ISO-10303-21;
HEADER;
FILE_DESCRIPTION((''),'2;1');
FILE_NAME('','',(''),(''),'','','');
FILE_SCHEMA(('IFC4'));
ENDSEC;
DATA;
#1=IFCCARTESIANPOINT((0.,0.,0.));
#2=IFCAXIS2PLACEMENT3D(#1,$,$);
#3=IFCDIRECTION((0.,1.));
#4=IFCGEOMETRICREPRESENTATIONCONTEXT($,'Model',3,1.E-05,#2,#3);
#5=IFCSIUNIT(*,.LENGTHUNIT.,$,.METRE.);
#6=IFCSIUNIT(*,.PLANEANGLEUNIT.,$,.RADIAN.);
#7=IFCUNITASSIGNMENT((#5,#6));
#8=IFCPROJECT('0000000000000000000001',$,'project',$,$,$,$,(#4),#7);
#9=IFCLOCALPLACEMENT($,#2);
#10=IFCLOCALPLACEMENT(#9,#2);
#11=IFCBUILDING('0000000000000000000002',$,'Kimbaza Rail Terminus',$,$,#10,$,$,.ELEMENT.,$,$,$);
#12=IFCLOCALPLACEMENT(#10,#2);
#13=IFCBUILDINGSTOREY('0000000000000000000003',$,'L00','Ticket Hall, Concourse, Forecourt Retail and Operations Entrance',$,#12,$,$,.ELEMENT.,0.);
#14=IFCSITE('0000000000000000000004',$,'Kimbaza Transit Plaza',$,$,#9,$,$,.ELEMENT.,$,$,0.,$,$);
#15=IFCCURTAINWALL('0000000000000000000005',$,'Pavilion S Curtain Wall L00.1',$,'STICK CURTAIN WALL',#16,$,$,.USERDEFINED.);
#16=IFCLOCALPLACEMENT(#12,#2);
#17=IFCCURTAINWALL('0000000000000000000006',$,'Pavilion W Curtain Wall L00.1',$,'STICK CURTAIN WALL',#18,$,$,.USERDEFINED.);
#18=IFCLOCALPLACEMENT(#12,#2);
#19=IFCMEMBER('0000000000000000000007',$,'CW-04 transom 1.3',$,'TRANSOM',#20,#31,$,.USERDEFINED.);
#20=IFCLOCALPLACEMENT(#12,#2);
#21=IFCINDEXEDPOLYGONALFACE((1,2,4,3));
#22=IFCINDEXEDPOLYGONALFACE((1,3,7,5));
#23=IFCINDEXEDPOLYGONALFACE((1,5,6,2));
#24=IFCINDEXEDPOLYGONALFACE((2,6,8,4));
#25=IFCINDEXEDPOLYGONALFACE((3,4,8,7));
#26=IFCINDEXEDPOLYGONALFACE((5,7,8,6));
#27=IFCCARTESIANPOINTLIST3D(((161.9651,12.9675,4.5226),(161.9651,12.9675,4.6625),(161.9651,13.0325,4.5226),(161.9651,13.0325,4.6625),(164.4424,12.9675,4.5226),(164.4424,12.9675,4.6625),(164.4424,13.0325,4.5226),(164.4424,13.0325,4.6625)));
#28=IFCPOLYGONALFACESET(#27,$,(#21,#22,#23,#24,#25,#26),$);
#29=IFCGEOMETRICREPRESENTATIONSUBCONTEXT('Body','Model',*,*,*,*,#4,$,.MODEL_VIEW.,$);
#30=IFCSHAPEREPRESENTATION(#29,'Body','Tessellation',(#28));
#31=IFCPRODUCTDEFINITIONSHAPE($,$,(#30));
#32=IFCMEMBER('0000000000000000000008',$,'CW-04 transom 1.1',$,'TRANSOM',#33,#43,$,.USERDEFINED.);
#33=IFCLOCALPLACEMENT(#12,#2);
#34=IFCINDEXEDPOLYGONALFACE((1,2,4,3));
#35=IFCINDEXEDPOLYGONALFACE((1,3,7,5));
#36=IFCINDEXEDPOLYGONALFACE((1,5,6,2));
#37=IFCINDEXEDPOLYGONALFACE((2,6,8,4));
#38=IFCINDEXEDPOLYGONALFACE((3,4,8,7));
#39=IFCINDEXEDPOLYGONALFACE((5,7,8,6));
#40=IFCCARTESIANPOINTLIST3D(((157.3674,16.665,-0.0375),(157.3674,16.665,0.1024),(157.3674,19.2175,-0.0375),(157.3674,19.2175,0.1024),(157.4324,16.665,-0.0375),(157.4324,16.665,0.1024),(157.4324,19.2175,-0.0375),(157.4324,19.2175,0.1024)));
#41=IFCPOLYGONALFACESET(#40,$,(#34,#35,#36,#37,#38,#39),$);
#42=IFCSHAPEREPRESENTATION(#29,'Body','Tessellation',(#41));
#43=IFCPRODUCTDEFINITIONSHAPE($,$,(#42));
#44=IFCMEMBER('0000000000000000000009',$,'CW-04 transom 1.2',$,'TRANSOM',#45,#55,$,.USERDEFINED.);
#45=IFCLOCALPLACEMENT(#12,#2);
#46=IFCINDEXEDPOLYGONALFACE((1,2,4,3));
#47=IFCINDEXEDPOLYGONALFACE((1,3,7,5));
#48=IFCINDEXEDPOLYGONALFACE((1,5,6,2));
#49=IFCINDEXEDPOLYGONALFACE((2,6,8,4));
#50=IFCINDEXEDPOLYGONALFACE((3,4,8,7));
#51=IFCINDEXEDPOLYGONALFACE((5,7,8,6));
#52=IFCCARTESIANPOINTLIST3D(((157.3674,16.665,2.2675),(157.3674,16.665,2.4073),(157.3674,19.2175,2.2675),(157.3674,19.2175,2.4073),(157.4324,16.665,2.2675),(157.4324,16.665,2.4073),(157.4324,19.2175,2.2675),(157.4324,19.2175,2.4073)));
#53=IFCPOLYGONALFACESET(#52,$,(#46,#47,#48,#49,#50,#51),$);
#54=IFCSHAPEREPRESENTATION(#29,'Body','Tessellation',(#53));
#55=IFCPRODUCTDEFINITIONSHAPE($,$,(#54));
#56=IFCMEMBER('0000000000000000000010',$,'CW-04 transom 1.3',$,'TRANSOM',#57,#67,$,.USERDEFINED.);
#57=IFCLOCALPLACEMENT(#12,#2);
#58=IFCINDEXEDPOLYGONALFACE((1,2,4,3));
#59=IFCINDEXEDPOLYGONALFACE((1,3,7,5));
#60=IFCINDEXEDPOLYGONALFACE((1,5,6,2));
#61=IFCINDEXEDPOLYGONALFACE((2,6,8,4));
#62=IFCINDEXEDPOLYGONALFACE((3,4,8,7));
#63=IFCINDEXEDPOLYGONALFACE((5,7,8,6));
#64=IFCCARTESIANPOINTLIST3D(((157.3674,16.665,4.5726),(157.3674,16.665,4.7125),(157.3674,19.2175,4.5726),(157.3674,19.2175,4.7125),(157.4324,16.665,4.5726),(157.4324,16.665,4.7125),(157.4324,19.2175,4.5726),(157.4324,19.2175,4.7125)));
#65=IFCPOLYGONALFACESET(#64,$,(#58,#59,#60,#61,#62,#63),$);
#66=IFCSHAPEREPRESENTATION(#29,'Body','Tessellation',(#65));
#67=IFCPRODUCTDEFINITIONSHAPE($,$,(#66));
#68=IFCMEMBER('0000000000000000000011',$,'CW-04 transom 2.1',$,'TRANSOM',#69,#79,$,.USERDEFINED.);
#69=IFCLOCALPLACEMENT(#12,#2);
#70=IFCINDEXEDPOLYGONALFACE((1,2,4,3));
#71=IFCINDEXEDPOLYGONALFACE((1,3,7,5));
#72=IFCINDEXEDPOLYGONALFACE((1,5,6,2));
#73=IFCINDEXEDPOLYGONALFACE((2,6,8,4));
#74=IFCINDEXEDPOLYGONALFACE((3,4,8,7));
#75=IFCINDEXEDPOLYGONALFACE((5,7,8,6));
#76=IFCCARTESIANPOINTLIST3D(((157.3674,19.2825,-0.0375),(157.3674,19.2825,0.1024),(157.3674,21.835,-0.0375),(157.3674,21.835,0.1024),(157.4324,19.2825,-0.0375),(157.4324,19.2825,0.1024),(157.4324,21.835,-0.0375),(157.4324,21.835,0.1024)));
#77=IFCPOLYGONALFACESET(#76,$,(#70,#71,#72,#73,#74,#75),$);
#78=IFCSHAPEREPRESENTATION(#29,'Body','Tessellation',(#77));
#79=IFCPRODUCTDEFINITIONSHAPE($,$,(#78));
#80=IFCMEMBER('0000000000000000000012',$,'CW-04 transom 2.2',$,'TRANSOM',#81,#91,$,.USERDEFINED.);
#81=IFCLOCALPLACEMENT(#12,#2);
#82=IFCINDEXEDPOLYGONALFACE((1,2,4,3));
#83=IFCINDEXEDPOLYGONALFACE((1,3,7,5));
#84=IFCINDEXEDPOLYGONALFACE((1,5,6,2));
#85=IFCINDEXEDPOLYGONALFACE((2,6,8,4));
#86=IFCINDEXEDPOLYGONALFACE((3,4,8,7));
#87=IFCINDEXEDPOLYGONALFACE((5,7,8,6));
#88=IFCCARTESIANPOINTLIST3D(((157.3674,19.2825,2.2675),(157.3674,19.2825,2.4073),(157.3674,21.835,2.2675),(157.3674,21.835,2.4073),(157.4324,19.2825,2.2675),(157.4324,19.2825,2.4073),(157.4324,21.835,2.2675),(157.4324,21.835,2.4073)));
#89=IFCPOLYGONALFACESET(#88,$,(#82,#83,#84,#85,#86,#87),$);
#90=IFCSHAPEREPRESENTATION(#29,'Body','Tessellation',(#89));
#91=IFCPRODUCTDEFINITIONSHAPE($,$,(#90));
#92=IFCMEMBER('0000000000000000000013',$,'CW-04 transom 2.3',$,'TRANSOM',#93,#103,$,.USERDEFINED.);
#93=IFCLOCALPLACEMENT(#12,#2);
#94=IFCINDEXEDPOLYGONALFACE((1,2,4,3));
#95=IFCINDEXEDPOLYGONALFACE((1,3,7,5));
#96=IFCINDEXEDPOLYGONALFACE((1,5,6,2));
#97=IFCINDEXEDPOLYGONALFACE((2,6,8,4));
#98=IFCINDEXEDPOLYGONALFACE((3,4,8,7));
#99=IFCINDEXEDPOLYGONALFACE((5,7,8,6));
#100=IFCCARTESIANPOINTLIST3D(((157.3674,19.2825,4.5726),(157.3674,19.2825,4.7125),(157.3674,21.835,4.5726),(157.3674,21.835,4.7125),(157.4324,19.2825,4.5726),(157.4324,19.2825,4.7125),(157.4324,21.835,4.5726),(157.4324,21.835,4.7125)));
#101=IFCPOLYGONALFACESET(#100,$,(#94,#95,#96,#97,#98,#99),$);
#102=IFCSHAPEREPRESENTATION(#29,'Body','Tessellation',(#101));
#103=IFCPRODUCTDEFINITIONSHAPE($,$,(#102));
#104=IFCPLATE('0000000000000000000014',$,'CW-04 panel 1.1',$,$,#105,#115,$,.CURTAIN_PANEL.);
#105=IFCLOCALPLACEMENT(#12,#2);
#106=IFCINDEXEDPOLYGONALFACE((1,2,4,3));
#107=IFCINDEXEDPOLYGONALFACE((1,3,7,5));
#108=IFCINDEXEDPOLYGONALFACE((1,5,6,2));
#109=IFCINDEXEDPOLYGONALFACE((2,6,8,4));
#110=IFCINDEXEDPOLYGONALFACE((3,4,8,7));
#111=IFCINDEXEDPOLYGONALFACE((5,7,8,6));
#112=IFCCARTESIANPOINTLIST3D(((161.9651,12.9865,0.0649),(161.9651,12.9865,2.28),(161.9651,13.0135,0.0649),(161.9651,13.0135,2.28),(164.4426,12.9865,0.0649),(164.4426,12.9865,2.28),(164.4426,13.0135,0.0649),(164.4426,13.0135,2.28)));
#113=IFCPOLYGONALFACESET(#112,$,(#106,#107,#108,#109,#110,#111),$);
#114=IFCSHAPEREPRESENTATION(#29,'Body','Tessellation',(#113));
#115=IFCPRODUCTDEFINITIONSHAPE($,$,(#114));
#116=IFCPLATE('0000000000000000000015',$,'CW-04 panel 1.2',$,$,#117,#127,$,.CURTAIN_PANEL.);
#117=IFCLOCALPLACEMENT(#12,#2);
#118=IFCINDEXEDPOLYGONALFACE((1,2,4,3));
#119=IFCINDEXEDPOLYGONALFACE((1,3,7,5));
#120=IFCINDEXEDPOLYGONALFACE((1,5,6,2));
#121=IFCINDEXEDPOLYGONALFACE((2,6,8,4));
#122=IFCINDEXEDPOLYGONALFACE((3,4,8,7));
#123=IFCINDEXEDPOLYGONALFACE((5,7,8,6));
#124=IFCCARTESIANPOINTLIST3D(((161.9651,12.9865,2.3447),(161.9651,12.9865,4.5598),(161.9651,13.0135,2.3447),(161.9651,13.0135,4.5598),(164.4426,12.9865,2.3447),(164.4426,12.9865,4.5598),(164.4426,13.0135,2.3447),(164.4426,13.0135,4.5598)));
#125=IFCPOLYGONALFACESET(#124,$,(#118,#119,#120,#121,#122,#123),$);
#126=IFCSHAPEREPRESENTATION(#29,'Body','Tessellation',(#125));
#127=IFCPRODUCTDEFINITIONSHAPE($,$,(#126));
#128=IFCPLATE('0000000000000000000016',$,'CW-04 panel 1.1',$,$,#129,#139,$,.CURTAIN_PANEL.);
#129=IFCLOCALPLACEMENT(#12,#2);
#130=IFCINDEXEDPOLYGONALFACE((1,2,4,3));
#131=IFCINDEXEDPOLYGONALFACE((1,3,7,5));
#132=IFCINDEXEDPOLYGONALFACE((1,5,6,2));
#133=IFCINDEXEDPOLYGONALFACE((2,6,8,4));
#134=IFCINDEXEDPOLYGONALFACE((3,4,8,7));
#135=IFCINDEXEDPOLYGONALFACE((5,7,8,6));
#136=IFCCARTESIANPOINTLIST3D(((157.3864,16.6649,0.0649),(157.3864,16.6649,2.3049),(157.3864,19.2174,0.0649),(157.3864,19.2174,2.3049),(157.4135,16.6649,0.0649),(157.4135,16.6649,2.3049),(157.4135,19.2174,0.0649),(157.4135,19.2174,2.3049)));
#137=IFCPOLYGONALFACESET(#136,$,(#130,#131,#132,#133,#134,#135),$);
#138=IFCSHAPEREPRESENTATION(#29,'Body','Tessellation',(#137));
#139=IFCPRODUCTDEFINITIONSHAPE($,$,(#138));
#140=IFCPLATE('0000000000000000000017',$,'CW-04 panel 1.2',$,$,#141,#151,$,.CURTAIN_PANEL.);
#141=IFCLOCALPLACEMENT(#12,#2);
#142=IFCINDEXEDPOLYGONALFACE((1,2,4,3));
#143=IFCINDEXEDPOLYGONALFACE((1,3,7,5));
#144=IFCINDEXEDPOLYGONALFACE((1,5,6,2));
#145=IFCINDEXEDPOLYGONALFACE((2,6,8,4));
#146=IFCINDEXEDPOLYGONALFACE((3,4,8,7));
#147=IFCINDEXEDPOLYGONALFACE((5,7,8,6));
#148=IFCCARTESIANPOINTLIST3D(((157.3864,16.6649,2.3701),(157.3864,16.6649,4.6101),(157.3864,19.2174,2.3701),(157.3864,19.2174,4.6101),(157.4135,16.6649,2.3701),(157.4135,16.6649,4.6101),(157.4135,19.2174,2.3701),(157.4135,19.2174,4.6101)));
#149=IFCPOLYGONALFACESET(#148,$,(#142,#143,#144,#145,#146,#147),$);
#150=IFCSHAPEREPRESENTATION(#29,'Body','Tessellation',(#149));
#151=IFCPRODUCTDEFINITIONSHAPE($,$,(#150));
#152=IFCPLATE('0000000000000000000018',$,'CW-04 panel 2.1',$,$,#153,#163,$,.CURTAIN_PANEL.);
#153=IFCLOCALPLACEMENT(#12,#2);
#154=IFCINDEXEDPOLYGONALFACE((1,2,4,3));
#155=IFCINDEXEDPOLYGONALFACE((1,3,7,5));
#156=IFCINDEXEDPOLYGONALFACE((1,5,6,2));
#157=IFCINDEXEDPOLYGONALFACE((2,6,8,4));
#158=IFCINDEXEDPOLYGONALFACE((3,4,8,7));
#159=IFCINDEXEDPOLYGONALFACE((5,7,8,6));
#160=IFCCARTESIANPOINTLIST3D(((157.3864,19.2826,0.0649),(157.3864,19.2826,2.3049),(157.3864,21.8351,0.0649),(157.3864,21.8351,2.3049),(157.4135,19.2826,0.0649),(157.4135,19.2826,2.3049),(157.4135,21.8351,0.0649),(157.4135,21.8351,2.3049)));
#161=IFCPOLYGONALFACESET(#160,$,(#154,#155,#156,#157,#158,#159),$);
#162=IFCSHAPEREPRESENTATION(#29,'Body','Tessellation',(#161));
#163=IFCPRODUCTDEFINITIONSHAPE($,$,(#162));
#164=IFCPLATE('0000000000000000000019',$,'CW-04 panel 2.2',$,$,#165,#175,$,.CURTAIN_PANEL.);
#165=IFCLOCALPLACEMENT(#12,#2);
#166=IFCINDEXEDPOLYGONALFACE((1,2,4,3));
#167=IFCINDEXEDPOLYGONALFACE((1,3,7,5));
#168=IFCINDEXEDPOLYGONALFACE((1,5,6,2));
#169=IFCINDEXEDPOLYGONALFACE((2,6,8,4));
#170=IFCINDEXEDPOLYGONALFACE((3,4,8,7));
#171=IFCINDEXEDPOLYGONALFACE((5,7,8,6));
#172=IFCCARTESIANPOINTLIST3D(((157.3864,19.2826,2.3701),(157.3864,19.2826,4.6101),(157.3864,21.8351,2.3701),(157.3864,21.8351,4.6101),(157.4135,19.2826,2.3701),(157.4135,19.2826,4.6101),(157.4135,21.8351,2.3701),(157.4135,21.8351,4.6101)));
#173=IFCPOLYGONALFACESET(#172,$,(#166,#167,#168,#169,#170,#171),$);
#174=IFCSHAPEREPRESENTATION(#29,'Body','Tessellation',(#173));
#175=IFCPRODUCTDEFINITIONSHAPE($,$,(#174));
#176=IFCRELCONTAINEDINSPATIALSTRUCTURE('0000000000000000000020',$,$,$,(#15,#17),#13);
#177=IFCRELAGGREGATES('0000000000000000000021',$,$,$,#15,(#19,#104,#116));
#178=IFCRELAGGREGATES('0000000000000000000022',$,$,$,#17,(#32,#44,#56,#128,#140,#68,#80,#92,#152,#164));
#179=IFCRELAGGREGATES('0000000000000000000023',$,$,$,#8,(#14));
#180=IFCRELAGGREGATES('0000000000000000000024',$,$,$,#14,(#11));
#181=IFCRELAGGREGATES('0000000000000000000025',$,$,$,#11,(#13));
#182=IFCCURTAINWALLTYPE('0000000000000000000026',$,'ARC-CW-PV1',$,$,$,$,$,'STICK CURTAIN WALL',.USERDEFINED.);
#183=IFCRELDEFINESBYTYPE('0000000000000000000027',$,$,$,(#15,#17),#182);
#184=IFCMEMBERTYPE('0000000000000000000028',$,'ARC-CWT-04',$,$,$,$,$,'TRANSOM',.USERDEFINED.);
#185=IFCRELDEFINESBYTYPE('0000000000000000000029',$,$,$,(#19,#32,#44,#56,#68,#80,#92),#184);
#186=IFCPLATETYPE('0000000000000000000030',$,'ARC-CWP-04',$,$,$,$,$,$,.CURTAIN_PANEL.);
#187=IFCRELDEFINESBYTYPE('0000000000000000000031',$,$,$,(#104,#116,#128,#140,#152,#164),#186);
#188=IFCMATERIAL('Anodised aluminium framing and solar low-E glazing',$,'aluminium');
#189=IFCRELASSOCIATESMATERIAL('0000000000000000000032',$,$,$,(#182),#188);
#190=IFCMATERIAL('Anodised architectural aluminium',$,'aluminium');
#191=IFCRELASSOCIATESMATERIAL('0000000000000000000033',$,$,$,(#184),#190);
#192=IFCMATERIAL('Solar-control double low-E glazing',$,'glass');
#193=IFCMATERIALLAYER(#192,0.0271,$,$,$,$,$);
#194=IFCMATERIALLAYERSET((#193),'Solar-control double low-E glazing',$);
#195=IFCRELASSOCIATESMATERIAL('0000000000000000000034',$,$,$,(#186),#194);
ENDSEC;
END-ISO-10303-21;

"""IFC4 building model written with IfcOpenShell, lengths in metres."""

from ifc_helpers import new_model, si_unit, direction, frame, origin, origin_2d, place, context, subcontext, project, spatial, rectangle, extrude, material, layer, layer_set, material_profile, profile_set, type_object, element, aggregate, save


model = new_model("IFC4")

# Units and contexts
model_context = context("Model", 3, precision=1e-05, world=origin(), true_north=direction((0.0, 1.0)))
body_context = subcontext(model_context, "Body", "Model", "MODEL_VIEW")
ifc_project = project(units=[si_unit("LENGTHUNIT", "METRE"), si_unit("PLANEANGLEUNIT", "RADIAN")], contexts=[model_context])

# Site, building, storey
site_placement = place(None, origin())
site = spatial("IfcSite", under=ifc_project, at=site_placement, Name="Kimbaza Transit Plaza", CompositionType="ELEMENT", RefElevation=0.0)
building_placement = place(site_placement, origin())
building = spatial("IfcBuilding", under=site, at=building_placement, Name="Kimbaza Rail Terminus", CompositionType="ELEMENT")
storey_placement = place(building_placement, origin())
storey = spatial("IfcBuildingStorey", under=building, at=storey_placement, Name="L00", Description="Ticket Hall, Concourse, Forecourt Retail and Operations Entrance", CompositionType="ELEMENT", Elevation=0.0)

# Curtain walls
ifc_material_1 = material(Name="Anodised aluminium framing and solar low-E glazing", Category="aluminium")
curtain_wall_type = type_object("IfcCurtainWallType", Name="ARC-CW-PV1", ElementType="STICK CURTAIN WALL", PredefinedType="USERDEFINED", material=ifc_material_1)
curtain_wall_1_placement = place(storey_placement, origin())
curtain_wall_1 = element("IfcCurtainWall", 1, at=curtain_wall_1_placement, inside=storey, type_object=curtain_wall_type, Name="Pavilion S Curtain Wall L00.1", ObjectType="STICK CURTAIN WALL", PredefinedType="USERDEFINED")
curtain_wall_2_placement = place(storey_placement, origin())
curtain_wall_2 = element("IfcCurtainWall", 2, at=curtain_wall_2_placement, inside=storey, type_object=curtain_wall_type, Name="Pavilion W Curtain Wall L00.1", ObjectType="STICK CURTAIN WALL", PredefinedType="USERDEFINED")

# Members
ifc_material_2 = material(Name="Anodised architectural aluminium", Category="aluminium")
ifc_material_profile_1 = material_profile(ifc_material_2, rectangle(XDim=0.0649, YDim=0.1399, at=origin_2d()), Name="TRANSOM 65x140")
ifc_profile_set_1 = profile_set([ifc_material_profile_1], Name="Anodised architectural aluminium")
member_type_1 = type_object("IfcMemberType", Name="ARC-CWT-04", ElementType="TRANSOM", PredefinedType="USERDEFINED", material=ifc_profile_set_1)
member_1_placement = place(storey_placement, frame((161.9651, 13.0, 4.5925), z_axis=(1.0, 0.0, 0.0), x_axis=(0.0, 1.0, 0.0)))
member_1 = element("IfcMember", 3, at=member_1_placement, type_object=member_type_1, Name="CW-04 transom 1.3", ObjectType="TRANSOM", PredefinedType="USERDEFINED", context=body_context, shape_type="SweptSolid", body=[
    extrude(rectangle(XDim=0.0649, YDim=0.1399, at=origin_2d()), origin(), (0.0, 0.0, 1.0), 2.4773),
])
member_2_placement = place(storey_placement, frame((157.3999, 16.665, 0.0325), z_axis=(0.0, 1.0, 0.0), x_axis=(-1.0, 0.0, 0.0)))
member_2 = element("IfcMember", 4, at=member_2_placement, type_object=member_type_1, Name="CW-04 transom 1.1", ObjectType="TRANSOM", PredefinedType="USERDEFINED", context=body_context, shape_type="SweptSolid", body=[
    extrude(rectangle(XDim=0.0649, YDim=0.1399, at=origin_2d()), origin(), (0.0, 0.0, 1.0), 2.5525),
])
member_3_placement = place(storey_placement, frame((157.3999, 16.665, 2.3374), z_axis=(0.0, 1.0, 0.0), x_axis=(-1.0, 0.0, 0.0)))
member_3 = element("IfcMember", 5, at=member_3_placement, type_object=member_type_1, Name="CW-04 transom 1.2", ObjectType="TRANSOM", PredefinedType="USERDEFINED", context=body_context, shape_type="SweptSolid", body=[
    extrude(rectangle(XDim=0.0649, YDim=0.1399, at=origin_2d()), origin(), (0.0, 0.0, 1.0), 2.5525),
])
member_4_placement = place(storey_placement, frame((157.3999, 16.665, 4.6426), z_axis=(0.0, 1.0, 0.0), x_axis=(-1.0, 0.0, 0.0)))
member_4 = element("IfcMember", 6, at=member_4_placement, type_object=member_type_1, Name="CW-04 transom 1.3", ObjectType="TRANSOM", PredefinedType="USERDEFINED", context=body_context, shape_type="SweptSolid", body=[
    extrude(rectangle(XDim=0.0649, YDim=0.1399, at=origin_2d()), origin(), (0.0, 0.0, 1.0), 2.5525),
])
member_5_placement = place(storey_placement, frame((157.3999, 19.2825, 0.0325), z_axis=(0.0, 1.0, 0.0), x_axis=(-1.0, 0.0, 0.0)))
member_5 = element("IfcMember", 7, at=member_5_placement, type_object=member_type_1, Name="CW-04 transom 2.1", ObjectType="TRANSOM", PredefinedType="USERDEFINED", context=body_context, shape_type="SweptSolid", body=[
    extrude(rectangle(XDim=0.0649, YDim=0.1399, at=origin_2d()), origin(), (0.0, 0.0, 1.0), 2.5525),
])
member_6_placement = place(storey_placement, frame((157.3999, 19.2825, 2.3374), z_axis=(0.0, 1.0, 0.0), x_axis=(-1.0, 0.0, 0.0)))
member_6 = element("IfcMember", 8, at=member_6_placement, type_object=member_type_1, Name="CW-04 transom 2.2", ObjectType="TRANSOM", PredefinedType="USERDEFINED", context=body_context, shape_type="SweptSolid", body=[
    extrude(rectangle(XDim=0.0649, YDim=0.1399, at=origin_2d()), origin(), (0.0, 0.0, 1.0), 2.5525),
])
member_7_placement = place(storey_placement, frame((157.3999, 19.2825, 4.6426), z_axis=(0.0, 1.0, 0.0), x_axis=(-1.0, 0.0, 0.0)))
member_7 = element("IfcMember", 9, at=member_7_placement, type_object=member_type_1, Name="CW-04 transom 2.3", ObjectType="TRANSOM", PredefinedType="USERDEFINED", context=body_context, shape_type="SweptSolid", body=[
    extrude(rectangle(XDim=0.0649, YDim=0.1399, at=origin_2d()), origin(), (0.0, 0.0, 1.0), 2.5525),
])

# Plates
ifc_material_3 = material(Name="Solar-control double low-E glazing", Category="glass")
ifc_layer_1 = layer(ifc_material_3, 0.0271)
ifc_layer_set_1 = layer_set([ifc_layer_1], Name="Solar-control double low-E glazing")
plate_type = type_object("IfcPlateType", Name="ARC-CWP-04", PredefinedType="CURTAIN_PANEL", material=ifc_layer_set_1)
plate_1_placement = place(storey_placement, frame((163.2039, 13.0, 0.0649), z_axis=(0.0, 0.0, 1.0), x_axis=(1.0, 0.0, 0.0)))
plate_1 = element("IfcPlate", 10, at=plate_1_placement, type_object=plate_type, Name="CW-04 panel 1.1", PredefinedType="CURTAIN_PANEL", context=body_context, shape_type="SweptSolid", body=[
    extrude(rectangle(XDim=2.4775, YDim=0.0271, at=origin_2d()), origin(), (0.0, 0.0, 1.0), 2.2151),
])
plate_2_placement = place(storey_placement, frame((163.2039, 13.0, 2.3447), z_axis=(0.0, 0.0, 1.0), x_axis=(1.0, 0.0, 0.0)))
plate_2 = element("IfcPlate", 11, at=plate_2_placement, type_object=plate_type, Name="CW-04 panel 1.2", PredefinedType="CURTAIN_PANEL", context=body_context, shape_type="SweptSolid", body=[
    extrude(rectangle(XDim=2.4775, YDim=0.0271, at=origin_2d()), origin(), (0.0, 0.0, 1.0), 2.2151),
])
aggregate(curtain_wall_1, [member_1, plate_1, plate_2])
plate_3_placement = place(storey_placement, frame((157.3999, 17.9412, 0.0649), z_axis=(0.0, 0.0, 1.0), x_axis=(0.0, 1.0, 0.0)))
plate_3 = element("IfcPlate", 12, at=plate_3_placement, type_object=plate_type, Name="CW-04 panel 1.1", PredefinedType="CURTAIN_PANEL", context=body_context, shape_type="SweptSolid", body=[
    extrude(rectangle(XDim=2.5525, YDim=0.0271, at=origin_2d()), origin(), (0.0, 0.0, 1.0), 2.24),
])
plate_4_placement = place(storey_placement, frame((157.3999, 17.9412, 2.3701), z_axis=(0.0, 0.0, 1.0), x_axis=(0.0, 1.0, 0.0)))
plate_4 = element("IfcPlate", 13, at=plate_4_placement, type_object=plate_type, Name="CW-04 panel 1.2", PredefinedType="CURTAIN_PANEL", context=body_context, shape_type="SweptSolid", body=[
    extrude(rectangle(XDim=2.5525, YDim=0.0271, at=origin_2d()), origin(), (0.0, 0.0, 1.0), 2.24),
])
plate_5_placement = place(storey_placement, frame((157.3999, 20.5588, 0.0649), z_axis=(0.0, 0.0, 1.0), x_axis=(0.0, 1.0, 0.0)))
plate_5 = element("IfcPlate", 14, at=plate_5_placement, type_object=plate_type, Name="CW-04 panel 2.1", PredefinedType="CURTAIN_PANEL", context=body_context, shape_type="SweptSolid", body=[
    extrude(rectangle(XDim=2.5525, YDim=0.0271, at=origin_2d()), origin(), (0.0, 0.0, 1.0), 2.24),
])
plate_6_placement = place(storey_placement, frame((157.3999, 20.5588, 2.3701), z_axis=(0.0, 0.0, 1.0), x_axis=(0.0, 1.0, 0.0)))
plate_6 = element("IfcPlate", 15, at=plate_6_placement, type_object=plate_type, Name="CW-04 panel 2.2", PredefinedType="CURTAIN_PANEL", context=body_context, shape_type="SweptSolid", body=[
    extrude(rectangle(XDim=2.5525, YDim=0.0271, at=origin_2d()), origin(), (0.0, 0.0, 1.0), 2.24),
])
aggregate(curtain_wall_2, [member_2, member_3, member_4, plate_3, plate_4, member_5, member_6, member_7, plate_5, plate_6])

save(model, "model.ifc")
